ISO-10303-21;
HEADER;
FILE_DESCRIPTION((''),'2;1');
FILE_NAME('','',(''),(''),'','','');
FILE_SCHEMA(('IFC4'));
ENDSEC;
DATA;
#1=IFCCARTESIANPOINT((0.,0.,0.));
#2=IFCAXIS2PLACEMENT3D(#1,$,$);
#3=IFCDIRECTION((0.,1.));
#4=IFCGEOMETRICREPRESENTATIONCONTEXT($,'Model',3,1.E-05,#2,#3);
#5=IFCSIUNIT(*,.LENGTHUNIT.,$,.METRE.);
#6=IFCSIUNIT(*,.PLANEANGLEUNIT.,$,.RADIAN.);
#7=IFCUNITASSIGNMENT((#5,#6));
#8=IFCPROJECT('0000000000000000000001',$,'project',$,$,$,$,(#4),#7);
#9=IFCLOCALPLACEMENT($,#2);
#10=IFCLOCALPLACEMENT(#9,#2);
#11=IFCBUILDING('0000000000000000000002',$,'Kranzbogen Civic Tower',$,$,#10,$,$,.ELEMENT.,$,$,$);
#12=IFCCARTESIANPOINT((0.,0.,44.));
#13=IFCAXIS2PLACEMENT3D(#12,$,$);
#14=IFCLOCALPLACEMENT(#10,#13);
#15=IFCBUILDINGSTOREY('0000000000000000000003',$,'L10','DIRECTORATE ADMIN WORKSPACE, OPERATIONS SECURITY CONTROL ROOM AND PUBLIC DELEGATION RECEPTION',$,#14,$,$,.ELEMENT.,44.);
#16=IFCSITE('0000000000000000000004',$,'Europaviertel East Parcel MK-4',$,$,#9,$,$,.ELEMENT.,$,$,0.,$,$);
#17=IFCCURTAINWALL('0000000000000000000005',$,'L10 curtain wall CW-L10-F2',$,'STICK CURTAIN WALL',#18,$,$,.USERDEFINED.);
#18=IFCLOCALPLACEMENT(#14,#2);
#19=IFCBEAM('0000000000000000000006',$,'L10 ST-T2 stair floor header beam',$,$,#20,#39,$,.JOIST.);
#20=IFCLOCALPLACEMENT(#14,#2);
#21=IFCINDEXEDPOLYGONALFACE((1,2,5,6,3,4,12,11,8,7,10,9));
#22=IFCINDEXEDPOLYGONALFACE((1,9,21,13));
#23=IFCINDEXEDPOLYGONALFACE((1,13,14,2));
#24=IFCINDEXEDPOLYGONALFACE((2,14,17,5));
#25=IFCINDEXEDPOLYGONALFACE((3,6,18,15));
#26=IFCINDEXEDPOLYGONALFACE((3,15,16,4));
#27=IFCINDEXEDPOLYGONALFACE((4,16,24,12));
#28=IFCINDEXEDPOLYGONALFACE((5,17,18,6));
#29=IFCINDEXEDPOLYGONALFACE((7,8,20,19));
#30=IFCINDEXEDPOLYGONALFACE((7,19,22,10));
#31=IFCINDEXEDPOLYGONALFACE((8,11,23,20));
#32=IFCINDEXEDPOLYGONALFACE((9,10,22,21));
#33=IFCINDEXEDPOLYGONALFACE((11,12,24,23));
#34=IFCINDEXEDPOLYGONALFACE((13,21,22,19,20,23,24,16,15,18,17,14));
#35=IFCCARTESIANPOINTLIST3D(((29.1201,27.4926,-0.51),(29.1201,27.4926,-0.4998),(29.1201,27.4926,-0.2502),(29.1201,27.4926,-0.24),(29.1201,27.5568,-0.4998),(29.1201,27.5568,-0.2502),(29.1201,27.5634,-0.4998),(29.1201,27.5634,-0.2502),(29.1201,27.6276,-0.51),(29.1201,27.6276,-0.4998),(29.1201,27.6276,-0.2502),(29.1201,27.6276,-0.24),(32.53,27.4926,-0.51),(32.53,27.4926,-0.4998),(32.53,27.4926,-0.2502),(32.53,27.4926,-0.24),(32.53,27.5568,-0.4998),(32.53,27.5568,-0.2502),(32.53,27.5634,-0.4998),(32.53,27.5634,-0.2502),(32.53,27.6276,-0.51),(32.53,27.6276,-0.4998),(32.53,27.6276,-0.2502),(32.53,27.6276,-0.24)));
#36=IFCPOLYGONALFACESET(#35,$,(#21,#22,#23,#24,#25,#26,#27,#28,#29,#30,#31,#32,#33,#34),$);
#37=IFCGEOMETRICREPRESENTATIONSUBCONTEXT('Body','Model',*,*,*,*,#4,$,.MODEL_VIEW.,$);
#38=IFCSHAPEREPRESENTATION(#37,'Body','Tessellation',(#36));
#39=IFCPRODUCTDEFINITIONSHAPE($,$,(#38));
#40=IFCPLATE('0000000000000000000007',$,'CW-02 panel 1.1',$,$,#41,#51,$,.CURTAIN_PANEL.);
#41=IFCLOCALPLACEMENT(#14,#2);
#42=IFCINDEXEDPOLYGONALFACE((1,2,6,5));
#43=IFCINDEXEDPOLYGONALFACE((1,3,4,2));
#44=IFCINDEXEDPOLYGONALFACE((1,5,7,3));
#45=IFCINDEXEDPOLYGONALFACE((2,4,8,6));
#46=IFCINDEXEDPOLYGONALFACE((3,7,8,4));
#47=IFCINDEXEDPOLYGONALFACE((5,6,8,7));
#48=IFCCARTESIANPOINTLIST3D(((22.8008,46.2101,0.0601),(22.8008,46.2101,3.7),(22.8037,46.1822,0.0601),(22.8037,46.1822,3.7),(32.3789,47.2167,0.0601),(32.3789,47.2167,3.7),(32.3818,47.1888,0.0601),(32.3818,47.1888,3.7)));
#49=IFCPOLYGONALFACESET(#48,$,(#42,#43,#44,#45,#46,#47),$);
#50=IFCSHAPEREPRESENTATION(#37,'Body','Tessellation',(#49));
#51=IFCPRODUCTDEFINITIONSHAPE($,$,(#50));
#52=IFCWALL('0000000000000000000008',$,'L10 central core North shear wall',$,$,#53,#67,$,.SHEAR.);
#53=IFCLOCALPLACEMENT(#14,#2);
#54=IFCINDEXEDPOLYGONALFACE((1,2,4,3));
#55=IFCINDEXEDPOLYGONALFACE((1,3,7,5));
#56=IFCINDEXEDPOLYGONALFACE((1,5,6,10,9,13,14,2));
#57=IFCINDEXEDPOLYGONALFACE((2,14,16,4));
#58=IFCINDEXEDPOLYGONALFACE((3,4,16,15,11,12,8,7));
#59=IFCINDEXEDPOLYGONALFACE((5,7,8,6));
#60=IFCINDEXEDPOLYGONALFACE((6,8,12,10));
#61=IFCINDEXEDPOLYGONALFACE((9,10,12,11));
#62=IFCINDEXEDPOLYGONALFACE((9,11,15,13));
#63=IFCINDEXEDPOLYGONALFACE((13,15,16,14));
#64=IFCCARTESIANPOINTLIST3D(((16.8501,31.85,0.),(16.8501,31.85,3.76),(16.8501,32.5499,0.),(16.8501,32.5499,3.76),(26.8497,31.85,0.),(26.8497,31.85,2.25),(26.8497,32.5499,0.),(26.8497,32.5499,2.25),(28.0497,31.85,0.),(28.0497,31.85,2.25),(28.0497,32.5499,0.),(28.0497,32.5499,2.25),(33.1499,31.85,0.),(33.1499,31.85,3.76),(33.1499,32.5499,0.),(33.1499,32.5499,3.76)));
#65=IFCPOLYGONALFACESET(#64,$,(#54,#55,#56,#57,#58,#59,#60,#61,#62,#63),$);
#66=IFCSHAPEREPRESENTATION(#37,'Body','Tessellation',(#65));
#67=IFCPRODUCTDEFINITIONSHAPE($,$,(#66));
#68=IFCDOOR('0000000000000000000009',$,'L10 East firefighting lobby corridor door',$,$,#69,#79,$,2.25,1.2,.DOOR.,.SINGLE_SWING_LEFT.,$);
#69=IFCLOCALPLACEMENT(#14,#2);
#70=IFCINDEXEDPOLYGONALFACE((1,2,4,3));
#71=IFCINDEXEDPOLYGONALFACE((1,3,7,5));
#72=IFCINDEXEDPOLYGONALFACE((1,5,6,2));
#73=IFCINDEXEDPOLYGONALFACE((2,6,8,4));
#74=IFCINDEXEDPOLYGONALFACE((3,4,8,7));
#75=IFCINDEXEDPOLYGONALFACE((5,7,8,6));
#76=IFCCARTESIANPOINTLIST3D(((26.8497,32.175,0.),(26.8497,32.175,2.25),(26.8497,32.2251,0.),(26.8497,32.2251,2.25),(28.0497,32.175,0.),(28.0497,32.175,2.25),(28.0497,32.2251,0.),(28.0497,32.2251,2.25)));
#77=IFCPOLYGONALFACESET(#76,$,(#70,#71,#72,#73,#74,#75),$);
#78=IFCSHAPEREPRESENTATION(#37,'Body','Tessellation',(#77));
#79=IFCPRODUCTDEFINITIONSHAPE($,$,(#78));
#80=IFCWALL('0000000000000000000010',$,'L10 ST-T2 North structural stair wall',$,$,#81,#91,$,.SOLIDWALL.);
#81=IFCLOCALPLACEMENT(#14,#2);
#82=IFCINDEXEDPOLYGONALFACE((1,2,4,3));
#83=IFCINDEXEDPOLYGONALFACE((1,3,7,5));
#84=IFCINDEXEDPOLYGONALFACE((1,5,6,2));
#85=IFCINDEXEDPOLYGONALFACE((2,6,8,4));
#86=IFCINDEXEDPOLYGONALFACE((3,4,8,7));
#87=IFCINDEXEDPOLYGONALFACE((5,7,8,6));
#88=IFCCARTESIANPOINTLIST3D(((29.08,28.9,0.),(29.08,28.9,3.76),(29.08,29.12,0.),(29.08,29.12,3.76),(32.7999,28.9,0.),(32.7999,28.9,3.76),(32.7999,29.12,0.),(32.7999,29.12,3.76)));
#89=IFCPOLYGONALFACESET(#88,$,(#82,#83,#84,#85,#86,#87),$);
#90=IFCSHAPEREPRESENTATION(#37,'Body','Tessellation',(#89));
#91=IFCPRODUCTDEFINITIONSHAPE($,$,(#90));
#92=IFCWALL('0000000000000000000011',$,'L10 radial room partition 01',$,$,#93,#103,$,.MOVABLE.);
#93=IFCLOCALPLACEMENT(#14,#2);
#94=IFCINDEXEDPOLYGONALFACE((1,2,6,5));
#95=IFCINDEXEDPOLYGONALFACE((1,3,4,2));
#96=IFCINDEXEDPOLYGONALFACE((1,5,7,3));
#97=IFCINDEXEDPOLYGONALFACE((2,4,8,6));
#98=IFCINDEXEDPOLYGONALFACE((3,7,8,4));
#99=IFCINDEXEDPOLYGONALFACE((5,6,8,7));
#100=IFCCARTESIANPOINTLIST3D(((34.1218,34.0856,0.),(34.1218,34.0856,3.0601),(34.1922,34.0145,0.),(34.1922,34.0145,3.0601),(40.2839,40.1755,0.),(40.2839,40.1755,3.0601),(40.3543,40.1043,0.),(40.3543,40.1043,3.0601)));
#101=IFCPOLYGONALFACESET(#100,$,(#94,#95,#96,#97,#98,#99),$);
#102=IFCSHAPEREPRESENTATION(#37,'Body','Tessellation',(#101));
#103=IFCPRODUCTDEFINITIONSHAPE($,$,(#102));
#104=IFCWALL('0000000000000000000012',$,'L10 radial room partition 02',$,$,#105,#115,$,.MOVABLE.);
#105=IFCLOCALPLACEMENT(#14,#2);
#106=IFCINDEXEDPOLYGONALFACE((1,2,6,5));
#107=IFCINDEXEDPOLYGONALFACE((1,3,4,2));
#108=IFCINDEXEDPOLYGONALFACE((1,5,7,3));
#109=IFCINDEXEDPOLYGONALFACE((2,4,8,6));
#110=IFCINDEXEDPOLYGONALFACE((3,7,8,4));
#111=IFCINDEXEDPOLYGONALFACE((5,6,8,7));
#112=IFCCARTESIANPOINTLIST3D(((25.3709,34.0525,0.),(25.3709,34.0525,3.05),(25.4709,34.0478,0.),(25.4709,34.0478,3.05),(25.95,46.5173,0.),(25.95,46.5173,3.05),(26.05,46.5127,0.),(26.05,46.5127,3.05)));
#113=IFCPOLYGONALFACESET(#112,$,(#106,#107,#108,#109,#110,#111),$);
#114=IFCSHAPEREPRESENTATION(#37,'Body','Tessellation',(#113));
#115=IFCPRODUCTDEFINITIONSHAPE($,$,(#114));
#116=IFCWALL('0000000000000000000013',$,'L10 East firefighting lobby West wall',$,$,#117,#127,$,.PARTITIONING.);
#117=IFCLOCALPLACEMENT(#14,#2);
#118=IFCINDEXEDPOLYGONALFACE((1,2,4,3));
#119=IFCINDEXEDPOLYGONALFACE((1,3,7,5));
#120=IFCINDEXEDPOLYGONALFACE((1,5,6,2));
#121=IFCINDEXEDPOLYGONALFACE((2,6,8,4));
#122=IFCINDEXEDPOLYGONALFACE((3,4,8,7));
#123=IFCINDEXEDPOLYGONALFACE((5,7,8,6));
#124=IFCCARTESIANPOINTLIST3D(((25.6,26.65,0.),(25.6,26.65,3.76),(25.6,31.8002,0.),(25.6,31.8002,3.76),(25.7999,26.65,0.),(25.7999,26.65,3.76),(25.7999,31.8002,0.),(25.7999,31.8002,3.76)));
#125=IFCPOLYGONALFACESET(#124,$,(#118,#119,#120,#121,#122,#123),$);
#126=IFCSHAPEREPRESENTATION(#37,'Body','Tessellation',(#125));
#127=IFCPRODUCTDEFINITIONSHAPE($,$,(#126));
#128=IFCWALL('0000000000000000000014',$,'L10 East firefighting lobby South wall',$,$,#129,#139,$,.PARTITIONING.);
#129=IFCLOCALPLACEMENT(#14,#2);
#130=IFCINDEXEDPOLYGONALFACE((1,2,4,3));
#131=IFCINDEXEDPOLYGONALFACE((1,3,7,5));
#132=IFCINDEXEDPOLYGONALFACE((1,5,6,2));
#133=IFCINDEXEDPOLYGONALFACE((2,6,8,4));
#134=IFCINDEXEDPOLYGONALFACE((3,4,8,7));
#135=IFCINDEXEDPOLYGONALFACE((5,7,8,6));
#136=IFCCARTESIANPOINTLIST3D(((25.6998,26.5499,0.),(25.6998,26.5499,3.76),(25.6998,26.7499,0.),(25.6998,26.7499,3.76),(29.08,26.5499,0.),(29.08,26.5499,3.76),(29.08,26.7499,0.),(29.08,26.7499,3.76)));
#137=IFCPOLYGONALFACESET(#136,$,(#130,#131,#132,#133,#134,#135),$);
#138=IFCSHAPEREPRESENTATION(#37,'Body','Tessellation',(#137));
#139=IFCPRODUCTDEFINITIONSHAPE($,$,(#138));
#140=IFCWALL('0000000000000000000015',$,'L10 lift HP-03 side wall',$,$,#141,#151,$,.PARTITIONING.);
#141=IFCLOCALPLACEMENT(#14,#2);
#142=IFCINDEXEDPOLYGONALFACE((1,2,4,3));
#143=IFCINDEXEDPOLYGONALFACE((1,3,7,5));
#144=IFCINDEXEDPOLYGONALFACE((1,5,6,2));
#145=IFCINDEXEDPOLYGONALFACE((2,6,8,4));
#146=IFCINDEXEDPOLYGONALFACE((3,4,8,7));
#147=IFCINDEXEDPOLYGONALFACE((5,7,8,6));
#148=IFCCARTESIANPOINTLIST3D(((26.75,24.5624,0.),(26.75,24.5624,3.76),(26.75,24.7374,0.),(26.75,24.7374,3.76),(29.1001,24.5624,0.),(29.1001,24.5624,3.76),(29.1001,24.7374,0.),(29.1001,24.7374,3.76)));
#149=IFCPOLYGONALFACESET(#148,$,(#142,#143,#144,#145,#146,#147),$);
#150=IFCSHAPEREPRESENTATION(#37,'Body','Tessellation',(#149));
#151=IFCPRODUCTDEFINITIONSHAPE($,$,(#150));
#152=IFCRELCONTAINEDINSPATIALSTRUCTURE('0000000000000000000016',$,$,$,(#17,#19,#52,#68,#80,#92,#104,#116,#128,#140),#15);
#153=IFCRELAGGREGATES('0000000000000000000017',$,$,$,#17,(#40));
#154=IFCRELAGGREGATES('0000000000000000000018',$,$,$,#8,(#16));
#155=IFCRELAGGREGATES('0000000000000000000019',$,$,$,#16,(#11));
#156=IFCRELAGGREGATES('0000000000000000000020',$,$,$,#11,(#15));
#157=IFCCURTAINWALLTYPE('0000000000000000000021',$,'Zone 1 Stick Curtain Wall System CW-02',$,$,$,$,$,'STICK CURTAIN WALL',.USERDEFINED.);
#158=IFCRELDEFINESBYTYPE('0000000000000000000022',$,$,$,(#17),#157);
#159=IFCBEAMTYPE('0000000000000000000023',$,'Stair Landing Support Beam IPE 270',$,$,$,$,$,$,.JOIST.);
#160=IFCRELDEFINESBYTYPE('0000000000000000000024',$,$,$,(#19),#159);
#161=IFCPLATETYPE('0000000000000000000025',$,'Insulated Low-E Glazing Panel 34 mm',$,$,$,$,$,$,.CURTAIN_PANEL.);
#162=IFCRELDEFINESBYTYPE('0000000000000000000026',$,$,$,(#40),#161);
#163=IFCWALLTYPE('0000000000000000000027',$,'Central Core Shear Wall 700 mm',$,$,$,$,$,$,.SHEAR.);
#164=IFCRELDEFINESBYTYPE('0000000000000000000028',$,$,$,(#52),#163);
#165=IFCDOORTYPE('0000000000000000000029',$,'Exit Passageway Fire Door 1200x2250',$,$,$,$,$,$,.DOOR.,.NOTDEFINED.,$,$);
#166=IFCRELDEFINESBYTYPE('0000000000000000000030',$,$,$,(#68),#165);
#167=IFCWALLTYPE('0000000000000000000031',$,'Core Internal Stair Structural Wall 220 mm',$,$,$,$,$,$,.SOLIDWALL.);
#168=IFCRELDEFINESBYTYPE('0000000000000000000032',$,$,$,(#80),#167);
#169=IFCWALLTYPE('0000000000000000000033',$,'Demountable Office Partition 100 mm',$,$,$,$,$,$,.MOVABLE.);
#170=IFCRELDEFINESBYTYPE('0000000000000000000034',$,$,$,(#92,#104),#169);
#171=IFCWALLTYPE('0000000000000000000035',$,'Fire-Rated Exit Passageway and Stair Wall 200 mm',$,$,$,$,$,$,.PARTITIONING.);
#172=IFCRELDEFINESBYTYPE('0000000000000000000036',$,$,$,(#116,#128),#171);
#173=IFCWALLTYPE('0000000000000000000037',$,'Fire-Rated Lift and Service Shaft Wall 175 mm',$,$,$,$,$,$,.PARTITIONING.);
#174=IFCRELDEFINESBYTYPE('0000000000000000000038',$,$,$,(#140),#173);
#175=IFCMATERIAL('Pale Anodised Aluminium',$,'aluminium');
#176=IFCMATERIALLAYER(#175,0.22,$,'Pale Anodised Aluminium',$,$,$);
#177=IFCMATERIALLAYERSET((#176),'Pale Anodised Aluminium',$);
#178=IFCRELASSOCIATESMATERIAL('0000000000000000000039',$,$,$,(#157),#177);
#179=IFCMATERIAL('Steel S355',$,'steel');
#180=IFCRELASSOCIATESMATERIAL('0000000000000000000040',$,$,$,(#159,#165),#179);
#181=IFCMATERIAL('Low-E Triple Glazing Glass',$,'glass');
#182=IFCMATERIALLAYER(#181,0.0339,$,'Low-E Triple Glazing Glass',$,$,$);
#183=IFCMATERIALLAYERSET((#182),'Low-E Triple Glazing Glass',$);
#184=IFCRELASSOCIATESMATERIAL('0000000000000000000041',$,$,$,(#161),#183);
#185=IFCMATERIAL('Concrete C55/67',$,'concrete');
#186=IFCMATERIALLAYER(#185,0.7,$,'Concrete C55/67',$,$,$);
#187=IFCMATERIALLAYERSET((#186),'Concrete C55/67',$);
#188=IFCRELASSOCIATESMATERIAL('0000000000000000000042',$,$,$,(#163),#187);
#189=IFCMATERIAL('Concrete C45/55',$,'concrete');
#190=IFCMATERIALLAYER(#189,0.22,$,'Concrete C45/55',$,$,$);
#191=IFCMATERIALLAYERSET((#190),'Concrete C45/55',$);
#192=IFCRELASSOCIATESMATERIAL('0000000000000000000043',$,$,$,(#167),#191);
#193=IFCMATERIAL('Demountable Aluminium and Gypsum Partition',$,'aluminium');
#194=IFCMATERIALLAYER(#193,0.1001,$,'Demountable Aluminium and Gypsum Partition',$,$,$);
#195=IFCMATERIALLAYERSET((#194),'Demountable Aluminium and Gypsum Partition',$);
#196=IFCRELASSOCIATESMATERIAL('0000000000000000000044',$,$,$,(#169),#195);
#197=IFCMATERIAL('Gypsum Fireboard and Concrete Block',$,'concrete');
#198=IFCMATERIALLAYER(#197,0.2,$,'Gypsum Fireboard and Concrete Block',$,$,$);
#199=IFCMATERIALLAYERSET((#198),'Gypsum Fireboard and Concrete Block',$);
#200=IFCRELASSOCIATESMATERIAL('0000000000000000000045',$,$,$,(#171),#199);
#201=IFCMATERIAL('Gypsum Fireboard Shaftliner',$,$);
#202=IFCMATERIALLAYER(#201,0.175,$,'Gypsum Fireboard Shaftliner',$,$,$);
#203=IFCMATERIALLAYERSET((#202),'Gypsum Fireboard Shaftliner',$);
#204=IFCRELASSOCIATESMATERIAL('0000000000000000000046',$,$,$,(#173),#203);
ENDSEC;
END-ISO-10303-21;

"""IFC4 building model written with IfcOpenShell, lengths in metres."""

from ifc_helpers import new_model, si_unit, direction, frame, frame_2d, origin, origin_2d, place, context, subcontext, project, spatial, rectangle, i_section, extrude, material, layer, layer_set, material_profile, profile_set, type_object, element, fill, aggregate, save


model = new_model("IFC4")

# Units and contexts
model_context = context("Model", 3, precision=1e-05, world=origin(), true_north=direction((0.0, 1.0)))
body_context = subcontext(model_context, "Body", "Model", "MODEL_VIEW")
ifc_project = project(units=[si_unit("LENGTHUNIT", "METRE"), si_unit("PLANEANGLEUNIT", "RADIAN")], contexts=[model_context])

# Site, building, storey
site_placement = place(None, origin())
site = spatial("IfcSite", under=ifc_project, at=site_placement, Name="Europaviertel East Parcel MK-4", CompositionType="ELEMENT", RefElevation=0.0)
building_placement = place(site_placement, origin())
building = spatial("IfcBuilding", under=site, at=building_placement, Name="Kranzbogen Civic Tower", CompositionType="ELEMENT")
storey_placement = place(building_placement, frame((0.0, 0.0, 44.0)))
storey = spatial("IfcBuildingStorey", under=building, at=storey_placement, Name="L10", Description="DIRECTORATE ADMIN WORKSPACE, OPERATIONS SECURITY CONTROL ROOM AND PUBLIC DELEGATION RECEPTION", CompositionType="ELEMENT", Elevation=44.0)

# Curtain wall
ifc_material_1 = material(Name="Pale Anodised Aluminium", Category="aluminium")
ifc_layer_1 = layer(ifc_material_1, 0.22, Name="Pale Anodised Aluminium")
ifc_layer_set_1 = layer_set([ifc_layer_1], Name="Pale Anodised Aluminium")
curtain_wall_type = type_object("IfcCurtainWallType", Name="Zone 1 Stick Curtain Wall System CW-02", ElementType="STICK CURTAIN WALL", PredefinedType="USERDEFINED", material=ifc_layer_set_1)
curtain_wall_placement = place(storey_placement, origin())
curtain_wall = element("IfcCurtainWall", 1, at=curtain_wall_placement, inside=storey, type_object=curtain_wall_type, Name="L10 curtain wall CW-L10-F2", ObjectType="STICK CURTAIN WALL", PredefinedType="USERDEFINED")

# Beam
ifc_material_2 = material(Name="Steel S355", Category="steel")
ifc_material_profile_1 = material_profile(ifc_material_2, i_section(OverallWidth=0.135, OverallDepth=0.27, WebThickness=0.0066, FlangeThickness=0.0103, at=origin_2d()), Name="IPE 270")
ifc_profile_set_1 = profile_set([ifc_material_profile_1], Name="Steel S355")
beam_type_1 = type_object("IfcBeamType", Name="Stair Landing Support Beam IPE 270", PredefinedType="JOIST", material=ifc_profile_set_1)
beam_1_placement = place(storey_placement, frame((29.1201, 27.5601, -0.375), z_axis=(1.0, 0.0, 0.0), x_axis=(0.0, 1.0, 0.0)))
element("IfcBeam", 2, at=beam_1_placement, inside=storey, type_object=beam_type_1, Name="L10 ST-T2 stair floor header beam", PredefinedType="JOIST", context=body_context, shape_type="SweptSolid", body=[
    extrude(i_section(OverallWidth=0.135, OverallDepth=0.27, WebThickness=0.0066, FlangeThickness=0.0103, at=origin_2d()), origin(), (0.0, 0.0, 1.0), 3.4099),
])

# Plate
ifc_material_3 = material(Name="Low-E Triple Glazing Glass", Category="glass")
ifc_layer_2 = layer(ifc_material_3, 0.0339, Name="Low-E Triple Glazing Glass")
ifc_layer_set_2 = layer_set([ifc_layer_2], Name="Low-E Triple Glazing Glass")
plate_type = type_object("IfcPlateType", Name="Insulated Low-E Glazing Panel 34 mm", PredefinedType="CURTAIN_PANEL", material=ifc_layer_set_2)
plate_placement = place(storey_placement, frame((27.5913, 46.6995, 0.0601), z_axis=(0.0, 0.0, 1.0), x_axis=(-0.994523, -0.104519, 0.0)))
plate = element("IfcPlate", 3, at=plate_placement, type_object=plate_type, Name="CW-02 panel 1.1", PredefinedType="CURTAIN_PANEL", context=body_context, shape_type="SweptSolid", body=[
    extrude(rectangle(XDim=9.6309, YDim=0.0281, at=origin_2d()), origin(), (0.0, 0.0, 1.0), 3.6399),
])
aggregate(curtain_wall, [plate])

# Wall, opening, door
ifc_material_4 = material(Name="Concrete C55/67", Category="concrete")
ifc_layer_3 = layer(ifc_material_4, 0.7, Name="Concrete C55/67")
ifc_layer_set_3 = layer_set([ifc_layer_3], Name="Concrete C55/67")
wall_type_1 = type_object("IfcWallType", Name="Central Core Shear Wall 700 mm", PredefinedType="SHEAR", material=ifc_layer_set_3)
wall_1_placement = place(storey_placement, frame((33.1499, 32.2, 0.0), z_axis=(0.0, 0.0, 1.0), x_axis=(-1.0, 0.0, 0.0)))
wall_1 = element("IfcWall", 4, at=wall_1_placement, inside=storey, type_object=wall_type_1, Name="L10 central core North shear wall", PredefinedType="SHEAR", context=body_context, shape_type="SweptSolid", body=[
    extrude(rectangle(XDim=16.2998, YDim=0.7, at=frame_2d((8.1499, 0.0))), origin(), (0.0, 0.0, 1.0), 3.76),
])
opening_1_placement = place(wall_1_placement, frame((5.1001, 0.0, 0.0)))
opening_1 = element("IfcOpeningElement", 5, at=opening_1_placement, cuts=wall_1, PredefinedType="OPENING", context=body_context, shape_type="SweptSolid", body=[
    extrude(rectangle(XDim=1.2, YDim=2.25, at=frame_2d((0.6001, 1.125))), frame((0.0, 0.3599, 0.0), z_axis=(0.0, -1.0, 0.0), x_axis=(1.0, 0.0, 0.0)), (0.0, 0.0, 1.0), 0.72),
])
door_type_1 = type_object("IfcDoorType", Name="Exit Passageway Fire Door 1200x2250", OperationType="NOTDEFINED", PredefinedType="DOOR", material=ifc_material_2)
door_1_placement = place(opening_1_placement, origin())
door_1 = element("IfcDoor", 6, at=door_1_placement, inside=storey, type_object=door_type_1, Name="L10 East firefighting lobby corridor door", OperationType="SINGLE_SWING_LEFT", OverallHeight=2.25, OverallWidth=1.2, PredefinedType="DOOR", context=body_context, shape_type="SweptSolid", body=[
    extrude(rectangle(XDim=1.2, YDim=2.25, at=frame_2d((0.6001, 1.125))), frame((0.0, 0.0249, 0.0), z_axis=(0.0, -1.0, 0.0), x_axis=(1.0, 0.0, 0.0)), (0.0, 0.0, 1.0), 0.05),
])
fill(opening_1, door_1)

# Walls
ifc_material_5 = material(Name="Concrete C45/55", Category="concrete")
ifc_layer_4 = layer(ifc_material_5, 0.22, Name="Concrete C45/55")
ifc_layer_set_4 = layer_set([ifc_layer_4], Name="Concrete C45/55")
wall_type_2 = type_object("IfcWallType", Name="Core Internal Stair Structural Wall 220 mm", PredefinedType="SOLIDWALL", material=ifc_layer_set_4)
wall_2_placement = place(storey_placement, frame((29.0801, 29.01, 0.0), z_axis=(0.0, 0.0, 1.0), x_axis=(1.0, 0.0, 0.0)))
element("IfcWall", 7, at=wall_2_placement, inside=storey, type_object=wall_type_2, Name="L10 ST-T2 North structural stair wall", PredefinedType="SOLIDWALL", context=body_context, shape_type="SweptSolid", body=[
    extrude(rectangle(XDim=3.72, YDim=0.22, at=frame_2d((1.8599, 0.0))), origin(), (0.0, 0.0, 1.0), 3.76),
])
ifc_material_6 = material(Name="Demountable Aluminium and Gypsum Partition", Category="aluminium")
ifc_layer_5 = layer(ifc_material_6, 0.1001, Name="Demountable Aluminium and Gypsum Partition")
ifc_layer_set_5 = layer_set([ifc_layer_5], Name="Demountable Aluminium and Gypsum Partition")
wall_type_3 = type_object("IfcWallType", Name="Demountable Office Partition 100 mm", PredefinedType="MOVABLE", material=ifc_layer_set_5)
wall_3_placement = place(storey_placement, frame((34.157, 34.05, 0.0), z_axis=(0.0, 0.0, 1.0), x_axis=(0.711265, 0.702924, 0.0)))
element("IfcWall", 8, at=wall_3_placement, inside=storey, type_object=wall_type_3, Name="L10 radial room partition 01", PredefinedType="MOVABLE", context=body_context, shape_type="SweptSolid", body=[
    extrude(rectangle(XDim=8.6636, YDim=0.1001, at=frame_2d((4.3318, 0.0))), origin(), (0.0, 0.0, 1.0), 3.0601),
])
wall_4_placement = place(storey_placement, frame((25.4209, 34.05, 0.0), z_axis=(0.0, 0.0, 1.0), x_axis=(0.046409, 0.998923, 0.0)))
element("IfcWall", 9, at=wall_4_placement, inside=storey, type_object=wall_type_3, Name="L10 radial room partition 02", PredefinedType="MOVABLE", context=body_context, shape_type="SweptSolid", body=[
    extrude(rectangle(XDim=12.4783, YDim=0.1001, at=frame_2d((6.2393, 0.0))), origin(), (0.0, 0.0, 1.0), 3.05),
])
ifc_material_7 = material(Name="Gypsum Fireboard and Concrete Block", Category="concrete")
ifc_layer_6 = layer(ifc_material_7, 0.2, Name="Gypsum Fireboard and Concrete Block")
ifc_layer_set_6 = layer_set([ifc_layer_6], Name="Gypsum Fireboard and Concrete Block")
wall_type_4 = type_object("IfcWallType", Name="Fire-Rated Exit Passageway and Stair Wall 200 mm", PredefinedType="PARTITIONING", material=ifc_layer_set_6)
wall_5_placement = place(storey_placement, frame((25.7, 26.6499, 0.0), z_axis=(0.0, 0.0, 1.0), x_axis=(0.0, 1.0, 0.0)))
element("IfcWall", 10, at=wall_5_placement, inside=storey, type_object=wall_type_4, Name="L10 East firefighting lobby West wall", PredefinedType="PARTITIONING", context=body_context, shape_type="SweptSolid", body=[
    extrude(rectangle(XDim=5.1501, YDim=0.2, at=frame_2d((2.5752, 0.0))), origin(), (0.0, 0.0, 1.0), 3.76),
])
wall_6_placement = place(storey_placement, frame((25.7, 26.6499, 0.0), z_axis=(0.0, 0.0, 1.0), x_axis=(1.0, 0.0, 0.0)))
element("IfcWall", 11, at=wall_6_placement, inside=storey, type_object=wall_type_4, Name="L10 East firefighting lobby South wall", PredefinedType="PARTITIONING", context=body_context, shape_type="SweptSolid", body=[
    extrude(rectangle(XDim=3.3801, YDim=0.2, at=frame_2d((1.6899, 0.0))), origin(), (0.0, 0.0, 1.0), 3.76),
])
ifc_material_8 = material(Name="Gypsum Fireboard Shaftliner")
ifc_layer_7 = layer(ifc_material_8, 0.175, Name="Gypsum Fireboard Shaftliner")
ifc_layer_set_7 = layer_set([ifc_layer_7], Name="Gypsum Fireboard Shaftliner")
wall_type_5 = type_object("IfcWallType", Name="Fire-Rated Lift and Service Shaft Wall 175 mm", PredefinedType="PARTITIONING", material=ifc_layer_set_7)
wall_7_placement = place(storey_placement, frame((26.75, 24.6499, 0.0), z_axis=(0.0, 0.0, 1.0), x_axis=(1.0, 0.0, 0.0)))
element("IfcWall", 12, at=wall_7_placement, inside=storey, type_object=wall_type_5, Name="L10 lift HP-03 side wall", PredefinedType="PARTITIONING", context=body_context, shape_type="SweptSolid", body=[
    extrude(rectangle(XDim=2.3501, YDim=0.175, at=frame_2d((1.175, 0.0))), origin(), (0.0, 0.0, 1.0), 3.76),
])

save(model, "model.ifc")
